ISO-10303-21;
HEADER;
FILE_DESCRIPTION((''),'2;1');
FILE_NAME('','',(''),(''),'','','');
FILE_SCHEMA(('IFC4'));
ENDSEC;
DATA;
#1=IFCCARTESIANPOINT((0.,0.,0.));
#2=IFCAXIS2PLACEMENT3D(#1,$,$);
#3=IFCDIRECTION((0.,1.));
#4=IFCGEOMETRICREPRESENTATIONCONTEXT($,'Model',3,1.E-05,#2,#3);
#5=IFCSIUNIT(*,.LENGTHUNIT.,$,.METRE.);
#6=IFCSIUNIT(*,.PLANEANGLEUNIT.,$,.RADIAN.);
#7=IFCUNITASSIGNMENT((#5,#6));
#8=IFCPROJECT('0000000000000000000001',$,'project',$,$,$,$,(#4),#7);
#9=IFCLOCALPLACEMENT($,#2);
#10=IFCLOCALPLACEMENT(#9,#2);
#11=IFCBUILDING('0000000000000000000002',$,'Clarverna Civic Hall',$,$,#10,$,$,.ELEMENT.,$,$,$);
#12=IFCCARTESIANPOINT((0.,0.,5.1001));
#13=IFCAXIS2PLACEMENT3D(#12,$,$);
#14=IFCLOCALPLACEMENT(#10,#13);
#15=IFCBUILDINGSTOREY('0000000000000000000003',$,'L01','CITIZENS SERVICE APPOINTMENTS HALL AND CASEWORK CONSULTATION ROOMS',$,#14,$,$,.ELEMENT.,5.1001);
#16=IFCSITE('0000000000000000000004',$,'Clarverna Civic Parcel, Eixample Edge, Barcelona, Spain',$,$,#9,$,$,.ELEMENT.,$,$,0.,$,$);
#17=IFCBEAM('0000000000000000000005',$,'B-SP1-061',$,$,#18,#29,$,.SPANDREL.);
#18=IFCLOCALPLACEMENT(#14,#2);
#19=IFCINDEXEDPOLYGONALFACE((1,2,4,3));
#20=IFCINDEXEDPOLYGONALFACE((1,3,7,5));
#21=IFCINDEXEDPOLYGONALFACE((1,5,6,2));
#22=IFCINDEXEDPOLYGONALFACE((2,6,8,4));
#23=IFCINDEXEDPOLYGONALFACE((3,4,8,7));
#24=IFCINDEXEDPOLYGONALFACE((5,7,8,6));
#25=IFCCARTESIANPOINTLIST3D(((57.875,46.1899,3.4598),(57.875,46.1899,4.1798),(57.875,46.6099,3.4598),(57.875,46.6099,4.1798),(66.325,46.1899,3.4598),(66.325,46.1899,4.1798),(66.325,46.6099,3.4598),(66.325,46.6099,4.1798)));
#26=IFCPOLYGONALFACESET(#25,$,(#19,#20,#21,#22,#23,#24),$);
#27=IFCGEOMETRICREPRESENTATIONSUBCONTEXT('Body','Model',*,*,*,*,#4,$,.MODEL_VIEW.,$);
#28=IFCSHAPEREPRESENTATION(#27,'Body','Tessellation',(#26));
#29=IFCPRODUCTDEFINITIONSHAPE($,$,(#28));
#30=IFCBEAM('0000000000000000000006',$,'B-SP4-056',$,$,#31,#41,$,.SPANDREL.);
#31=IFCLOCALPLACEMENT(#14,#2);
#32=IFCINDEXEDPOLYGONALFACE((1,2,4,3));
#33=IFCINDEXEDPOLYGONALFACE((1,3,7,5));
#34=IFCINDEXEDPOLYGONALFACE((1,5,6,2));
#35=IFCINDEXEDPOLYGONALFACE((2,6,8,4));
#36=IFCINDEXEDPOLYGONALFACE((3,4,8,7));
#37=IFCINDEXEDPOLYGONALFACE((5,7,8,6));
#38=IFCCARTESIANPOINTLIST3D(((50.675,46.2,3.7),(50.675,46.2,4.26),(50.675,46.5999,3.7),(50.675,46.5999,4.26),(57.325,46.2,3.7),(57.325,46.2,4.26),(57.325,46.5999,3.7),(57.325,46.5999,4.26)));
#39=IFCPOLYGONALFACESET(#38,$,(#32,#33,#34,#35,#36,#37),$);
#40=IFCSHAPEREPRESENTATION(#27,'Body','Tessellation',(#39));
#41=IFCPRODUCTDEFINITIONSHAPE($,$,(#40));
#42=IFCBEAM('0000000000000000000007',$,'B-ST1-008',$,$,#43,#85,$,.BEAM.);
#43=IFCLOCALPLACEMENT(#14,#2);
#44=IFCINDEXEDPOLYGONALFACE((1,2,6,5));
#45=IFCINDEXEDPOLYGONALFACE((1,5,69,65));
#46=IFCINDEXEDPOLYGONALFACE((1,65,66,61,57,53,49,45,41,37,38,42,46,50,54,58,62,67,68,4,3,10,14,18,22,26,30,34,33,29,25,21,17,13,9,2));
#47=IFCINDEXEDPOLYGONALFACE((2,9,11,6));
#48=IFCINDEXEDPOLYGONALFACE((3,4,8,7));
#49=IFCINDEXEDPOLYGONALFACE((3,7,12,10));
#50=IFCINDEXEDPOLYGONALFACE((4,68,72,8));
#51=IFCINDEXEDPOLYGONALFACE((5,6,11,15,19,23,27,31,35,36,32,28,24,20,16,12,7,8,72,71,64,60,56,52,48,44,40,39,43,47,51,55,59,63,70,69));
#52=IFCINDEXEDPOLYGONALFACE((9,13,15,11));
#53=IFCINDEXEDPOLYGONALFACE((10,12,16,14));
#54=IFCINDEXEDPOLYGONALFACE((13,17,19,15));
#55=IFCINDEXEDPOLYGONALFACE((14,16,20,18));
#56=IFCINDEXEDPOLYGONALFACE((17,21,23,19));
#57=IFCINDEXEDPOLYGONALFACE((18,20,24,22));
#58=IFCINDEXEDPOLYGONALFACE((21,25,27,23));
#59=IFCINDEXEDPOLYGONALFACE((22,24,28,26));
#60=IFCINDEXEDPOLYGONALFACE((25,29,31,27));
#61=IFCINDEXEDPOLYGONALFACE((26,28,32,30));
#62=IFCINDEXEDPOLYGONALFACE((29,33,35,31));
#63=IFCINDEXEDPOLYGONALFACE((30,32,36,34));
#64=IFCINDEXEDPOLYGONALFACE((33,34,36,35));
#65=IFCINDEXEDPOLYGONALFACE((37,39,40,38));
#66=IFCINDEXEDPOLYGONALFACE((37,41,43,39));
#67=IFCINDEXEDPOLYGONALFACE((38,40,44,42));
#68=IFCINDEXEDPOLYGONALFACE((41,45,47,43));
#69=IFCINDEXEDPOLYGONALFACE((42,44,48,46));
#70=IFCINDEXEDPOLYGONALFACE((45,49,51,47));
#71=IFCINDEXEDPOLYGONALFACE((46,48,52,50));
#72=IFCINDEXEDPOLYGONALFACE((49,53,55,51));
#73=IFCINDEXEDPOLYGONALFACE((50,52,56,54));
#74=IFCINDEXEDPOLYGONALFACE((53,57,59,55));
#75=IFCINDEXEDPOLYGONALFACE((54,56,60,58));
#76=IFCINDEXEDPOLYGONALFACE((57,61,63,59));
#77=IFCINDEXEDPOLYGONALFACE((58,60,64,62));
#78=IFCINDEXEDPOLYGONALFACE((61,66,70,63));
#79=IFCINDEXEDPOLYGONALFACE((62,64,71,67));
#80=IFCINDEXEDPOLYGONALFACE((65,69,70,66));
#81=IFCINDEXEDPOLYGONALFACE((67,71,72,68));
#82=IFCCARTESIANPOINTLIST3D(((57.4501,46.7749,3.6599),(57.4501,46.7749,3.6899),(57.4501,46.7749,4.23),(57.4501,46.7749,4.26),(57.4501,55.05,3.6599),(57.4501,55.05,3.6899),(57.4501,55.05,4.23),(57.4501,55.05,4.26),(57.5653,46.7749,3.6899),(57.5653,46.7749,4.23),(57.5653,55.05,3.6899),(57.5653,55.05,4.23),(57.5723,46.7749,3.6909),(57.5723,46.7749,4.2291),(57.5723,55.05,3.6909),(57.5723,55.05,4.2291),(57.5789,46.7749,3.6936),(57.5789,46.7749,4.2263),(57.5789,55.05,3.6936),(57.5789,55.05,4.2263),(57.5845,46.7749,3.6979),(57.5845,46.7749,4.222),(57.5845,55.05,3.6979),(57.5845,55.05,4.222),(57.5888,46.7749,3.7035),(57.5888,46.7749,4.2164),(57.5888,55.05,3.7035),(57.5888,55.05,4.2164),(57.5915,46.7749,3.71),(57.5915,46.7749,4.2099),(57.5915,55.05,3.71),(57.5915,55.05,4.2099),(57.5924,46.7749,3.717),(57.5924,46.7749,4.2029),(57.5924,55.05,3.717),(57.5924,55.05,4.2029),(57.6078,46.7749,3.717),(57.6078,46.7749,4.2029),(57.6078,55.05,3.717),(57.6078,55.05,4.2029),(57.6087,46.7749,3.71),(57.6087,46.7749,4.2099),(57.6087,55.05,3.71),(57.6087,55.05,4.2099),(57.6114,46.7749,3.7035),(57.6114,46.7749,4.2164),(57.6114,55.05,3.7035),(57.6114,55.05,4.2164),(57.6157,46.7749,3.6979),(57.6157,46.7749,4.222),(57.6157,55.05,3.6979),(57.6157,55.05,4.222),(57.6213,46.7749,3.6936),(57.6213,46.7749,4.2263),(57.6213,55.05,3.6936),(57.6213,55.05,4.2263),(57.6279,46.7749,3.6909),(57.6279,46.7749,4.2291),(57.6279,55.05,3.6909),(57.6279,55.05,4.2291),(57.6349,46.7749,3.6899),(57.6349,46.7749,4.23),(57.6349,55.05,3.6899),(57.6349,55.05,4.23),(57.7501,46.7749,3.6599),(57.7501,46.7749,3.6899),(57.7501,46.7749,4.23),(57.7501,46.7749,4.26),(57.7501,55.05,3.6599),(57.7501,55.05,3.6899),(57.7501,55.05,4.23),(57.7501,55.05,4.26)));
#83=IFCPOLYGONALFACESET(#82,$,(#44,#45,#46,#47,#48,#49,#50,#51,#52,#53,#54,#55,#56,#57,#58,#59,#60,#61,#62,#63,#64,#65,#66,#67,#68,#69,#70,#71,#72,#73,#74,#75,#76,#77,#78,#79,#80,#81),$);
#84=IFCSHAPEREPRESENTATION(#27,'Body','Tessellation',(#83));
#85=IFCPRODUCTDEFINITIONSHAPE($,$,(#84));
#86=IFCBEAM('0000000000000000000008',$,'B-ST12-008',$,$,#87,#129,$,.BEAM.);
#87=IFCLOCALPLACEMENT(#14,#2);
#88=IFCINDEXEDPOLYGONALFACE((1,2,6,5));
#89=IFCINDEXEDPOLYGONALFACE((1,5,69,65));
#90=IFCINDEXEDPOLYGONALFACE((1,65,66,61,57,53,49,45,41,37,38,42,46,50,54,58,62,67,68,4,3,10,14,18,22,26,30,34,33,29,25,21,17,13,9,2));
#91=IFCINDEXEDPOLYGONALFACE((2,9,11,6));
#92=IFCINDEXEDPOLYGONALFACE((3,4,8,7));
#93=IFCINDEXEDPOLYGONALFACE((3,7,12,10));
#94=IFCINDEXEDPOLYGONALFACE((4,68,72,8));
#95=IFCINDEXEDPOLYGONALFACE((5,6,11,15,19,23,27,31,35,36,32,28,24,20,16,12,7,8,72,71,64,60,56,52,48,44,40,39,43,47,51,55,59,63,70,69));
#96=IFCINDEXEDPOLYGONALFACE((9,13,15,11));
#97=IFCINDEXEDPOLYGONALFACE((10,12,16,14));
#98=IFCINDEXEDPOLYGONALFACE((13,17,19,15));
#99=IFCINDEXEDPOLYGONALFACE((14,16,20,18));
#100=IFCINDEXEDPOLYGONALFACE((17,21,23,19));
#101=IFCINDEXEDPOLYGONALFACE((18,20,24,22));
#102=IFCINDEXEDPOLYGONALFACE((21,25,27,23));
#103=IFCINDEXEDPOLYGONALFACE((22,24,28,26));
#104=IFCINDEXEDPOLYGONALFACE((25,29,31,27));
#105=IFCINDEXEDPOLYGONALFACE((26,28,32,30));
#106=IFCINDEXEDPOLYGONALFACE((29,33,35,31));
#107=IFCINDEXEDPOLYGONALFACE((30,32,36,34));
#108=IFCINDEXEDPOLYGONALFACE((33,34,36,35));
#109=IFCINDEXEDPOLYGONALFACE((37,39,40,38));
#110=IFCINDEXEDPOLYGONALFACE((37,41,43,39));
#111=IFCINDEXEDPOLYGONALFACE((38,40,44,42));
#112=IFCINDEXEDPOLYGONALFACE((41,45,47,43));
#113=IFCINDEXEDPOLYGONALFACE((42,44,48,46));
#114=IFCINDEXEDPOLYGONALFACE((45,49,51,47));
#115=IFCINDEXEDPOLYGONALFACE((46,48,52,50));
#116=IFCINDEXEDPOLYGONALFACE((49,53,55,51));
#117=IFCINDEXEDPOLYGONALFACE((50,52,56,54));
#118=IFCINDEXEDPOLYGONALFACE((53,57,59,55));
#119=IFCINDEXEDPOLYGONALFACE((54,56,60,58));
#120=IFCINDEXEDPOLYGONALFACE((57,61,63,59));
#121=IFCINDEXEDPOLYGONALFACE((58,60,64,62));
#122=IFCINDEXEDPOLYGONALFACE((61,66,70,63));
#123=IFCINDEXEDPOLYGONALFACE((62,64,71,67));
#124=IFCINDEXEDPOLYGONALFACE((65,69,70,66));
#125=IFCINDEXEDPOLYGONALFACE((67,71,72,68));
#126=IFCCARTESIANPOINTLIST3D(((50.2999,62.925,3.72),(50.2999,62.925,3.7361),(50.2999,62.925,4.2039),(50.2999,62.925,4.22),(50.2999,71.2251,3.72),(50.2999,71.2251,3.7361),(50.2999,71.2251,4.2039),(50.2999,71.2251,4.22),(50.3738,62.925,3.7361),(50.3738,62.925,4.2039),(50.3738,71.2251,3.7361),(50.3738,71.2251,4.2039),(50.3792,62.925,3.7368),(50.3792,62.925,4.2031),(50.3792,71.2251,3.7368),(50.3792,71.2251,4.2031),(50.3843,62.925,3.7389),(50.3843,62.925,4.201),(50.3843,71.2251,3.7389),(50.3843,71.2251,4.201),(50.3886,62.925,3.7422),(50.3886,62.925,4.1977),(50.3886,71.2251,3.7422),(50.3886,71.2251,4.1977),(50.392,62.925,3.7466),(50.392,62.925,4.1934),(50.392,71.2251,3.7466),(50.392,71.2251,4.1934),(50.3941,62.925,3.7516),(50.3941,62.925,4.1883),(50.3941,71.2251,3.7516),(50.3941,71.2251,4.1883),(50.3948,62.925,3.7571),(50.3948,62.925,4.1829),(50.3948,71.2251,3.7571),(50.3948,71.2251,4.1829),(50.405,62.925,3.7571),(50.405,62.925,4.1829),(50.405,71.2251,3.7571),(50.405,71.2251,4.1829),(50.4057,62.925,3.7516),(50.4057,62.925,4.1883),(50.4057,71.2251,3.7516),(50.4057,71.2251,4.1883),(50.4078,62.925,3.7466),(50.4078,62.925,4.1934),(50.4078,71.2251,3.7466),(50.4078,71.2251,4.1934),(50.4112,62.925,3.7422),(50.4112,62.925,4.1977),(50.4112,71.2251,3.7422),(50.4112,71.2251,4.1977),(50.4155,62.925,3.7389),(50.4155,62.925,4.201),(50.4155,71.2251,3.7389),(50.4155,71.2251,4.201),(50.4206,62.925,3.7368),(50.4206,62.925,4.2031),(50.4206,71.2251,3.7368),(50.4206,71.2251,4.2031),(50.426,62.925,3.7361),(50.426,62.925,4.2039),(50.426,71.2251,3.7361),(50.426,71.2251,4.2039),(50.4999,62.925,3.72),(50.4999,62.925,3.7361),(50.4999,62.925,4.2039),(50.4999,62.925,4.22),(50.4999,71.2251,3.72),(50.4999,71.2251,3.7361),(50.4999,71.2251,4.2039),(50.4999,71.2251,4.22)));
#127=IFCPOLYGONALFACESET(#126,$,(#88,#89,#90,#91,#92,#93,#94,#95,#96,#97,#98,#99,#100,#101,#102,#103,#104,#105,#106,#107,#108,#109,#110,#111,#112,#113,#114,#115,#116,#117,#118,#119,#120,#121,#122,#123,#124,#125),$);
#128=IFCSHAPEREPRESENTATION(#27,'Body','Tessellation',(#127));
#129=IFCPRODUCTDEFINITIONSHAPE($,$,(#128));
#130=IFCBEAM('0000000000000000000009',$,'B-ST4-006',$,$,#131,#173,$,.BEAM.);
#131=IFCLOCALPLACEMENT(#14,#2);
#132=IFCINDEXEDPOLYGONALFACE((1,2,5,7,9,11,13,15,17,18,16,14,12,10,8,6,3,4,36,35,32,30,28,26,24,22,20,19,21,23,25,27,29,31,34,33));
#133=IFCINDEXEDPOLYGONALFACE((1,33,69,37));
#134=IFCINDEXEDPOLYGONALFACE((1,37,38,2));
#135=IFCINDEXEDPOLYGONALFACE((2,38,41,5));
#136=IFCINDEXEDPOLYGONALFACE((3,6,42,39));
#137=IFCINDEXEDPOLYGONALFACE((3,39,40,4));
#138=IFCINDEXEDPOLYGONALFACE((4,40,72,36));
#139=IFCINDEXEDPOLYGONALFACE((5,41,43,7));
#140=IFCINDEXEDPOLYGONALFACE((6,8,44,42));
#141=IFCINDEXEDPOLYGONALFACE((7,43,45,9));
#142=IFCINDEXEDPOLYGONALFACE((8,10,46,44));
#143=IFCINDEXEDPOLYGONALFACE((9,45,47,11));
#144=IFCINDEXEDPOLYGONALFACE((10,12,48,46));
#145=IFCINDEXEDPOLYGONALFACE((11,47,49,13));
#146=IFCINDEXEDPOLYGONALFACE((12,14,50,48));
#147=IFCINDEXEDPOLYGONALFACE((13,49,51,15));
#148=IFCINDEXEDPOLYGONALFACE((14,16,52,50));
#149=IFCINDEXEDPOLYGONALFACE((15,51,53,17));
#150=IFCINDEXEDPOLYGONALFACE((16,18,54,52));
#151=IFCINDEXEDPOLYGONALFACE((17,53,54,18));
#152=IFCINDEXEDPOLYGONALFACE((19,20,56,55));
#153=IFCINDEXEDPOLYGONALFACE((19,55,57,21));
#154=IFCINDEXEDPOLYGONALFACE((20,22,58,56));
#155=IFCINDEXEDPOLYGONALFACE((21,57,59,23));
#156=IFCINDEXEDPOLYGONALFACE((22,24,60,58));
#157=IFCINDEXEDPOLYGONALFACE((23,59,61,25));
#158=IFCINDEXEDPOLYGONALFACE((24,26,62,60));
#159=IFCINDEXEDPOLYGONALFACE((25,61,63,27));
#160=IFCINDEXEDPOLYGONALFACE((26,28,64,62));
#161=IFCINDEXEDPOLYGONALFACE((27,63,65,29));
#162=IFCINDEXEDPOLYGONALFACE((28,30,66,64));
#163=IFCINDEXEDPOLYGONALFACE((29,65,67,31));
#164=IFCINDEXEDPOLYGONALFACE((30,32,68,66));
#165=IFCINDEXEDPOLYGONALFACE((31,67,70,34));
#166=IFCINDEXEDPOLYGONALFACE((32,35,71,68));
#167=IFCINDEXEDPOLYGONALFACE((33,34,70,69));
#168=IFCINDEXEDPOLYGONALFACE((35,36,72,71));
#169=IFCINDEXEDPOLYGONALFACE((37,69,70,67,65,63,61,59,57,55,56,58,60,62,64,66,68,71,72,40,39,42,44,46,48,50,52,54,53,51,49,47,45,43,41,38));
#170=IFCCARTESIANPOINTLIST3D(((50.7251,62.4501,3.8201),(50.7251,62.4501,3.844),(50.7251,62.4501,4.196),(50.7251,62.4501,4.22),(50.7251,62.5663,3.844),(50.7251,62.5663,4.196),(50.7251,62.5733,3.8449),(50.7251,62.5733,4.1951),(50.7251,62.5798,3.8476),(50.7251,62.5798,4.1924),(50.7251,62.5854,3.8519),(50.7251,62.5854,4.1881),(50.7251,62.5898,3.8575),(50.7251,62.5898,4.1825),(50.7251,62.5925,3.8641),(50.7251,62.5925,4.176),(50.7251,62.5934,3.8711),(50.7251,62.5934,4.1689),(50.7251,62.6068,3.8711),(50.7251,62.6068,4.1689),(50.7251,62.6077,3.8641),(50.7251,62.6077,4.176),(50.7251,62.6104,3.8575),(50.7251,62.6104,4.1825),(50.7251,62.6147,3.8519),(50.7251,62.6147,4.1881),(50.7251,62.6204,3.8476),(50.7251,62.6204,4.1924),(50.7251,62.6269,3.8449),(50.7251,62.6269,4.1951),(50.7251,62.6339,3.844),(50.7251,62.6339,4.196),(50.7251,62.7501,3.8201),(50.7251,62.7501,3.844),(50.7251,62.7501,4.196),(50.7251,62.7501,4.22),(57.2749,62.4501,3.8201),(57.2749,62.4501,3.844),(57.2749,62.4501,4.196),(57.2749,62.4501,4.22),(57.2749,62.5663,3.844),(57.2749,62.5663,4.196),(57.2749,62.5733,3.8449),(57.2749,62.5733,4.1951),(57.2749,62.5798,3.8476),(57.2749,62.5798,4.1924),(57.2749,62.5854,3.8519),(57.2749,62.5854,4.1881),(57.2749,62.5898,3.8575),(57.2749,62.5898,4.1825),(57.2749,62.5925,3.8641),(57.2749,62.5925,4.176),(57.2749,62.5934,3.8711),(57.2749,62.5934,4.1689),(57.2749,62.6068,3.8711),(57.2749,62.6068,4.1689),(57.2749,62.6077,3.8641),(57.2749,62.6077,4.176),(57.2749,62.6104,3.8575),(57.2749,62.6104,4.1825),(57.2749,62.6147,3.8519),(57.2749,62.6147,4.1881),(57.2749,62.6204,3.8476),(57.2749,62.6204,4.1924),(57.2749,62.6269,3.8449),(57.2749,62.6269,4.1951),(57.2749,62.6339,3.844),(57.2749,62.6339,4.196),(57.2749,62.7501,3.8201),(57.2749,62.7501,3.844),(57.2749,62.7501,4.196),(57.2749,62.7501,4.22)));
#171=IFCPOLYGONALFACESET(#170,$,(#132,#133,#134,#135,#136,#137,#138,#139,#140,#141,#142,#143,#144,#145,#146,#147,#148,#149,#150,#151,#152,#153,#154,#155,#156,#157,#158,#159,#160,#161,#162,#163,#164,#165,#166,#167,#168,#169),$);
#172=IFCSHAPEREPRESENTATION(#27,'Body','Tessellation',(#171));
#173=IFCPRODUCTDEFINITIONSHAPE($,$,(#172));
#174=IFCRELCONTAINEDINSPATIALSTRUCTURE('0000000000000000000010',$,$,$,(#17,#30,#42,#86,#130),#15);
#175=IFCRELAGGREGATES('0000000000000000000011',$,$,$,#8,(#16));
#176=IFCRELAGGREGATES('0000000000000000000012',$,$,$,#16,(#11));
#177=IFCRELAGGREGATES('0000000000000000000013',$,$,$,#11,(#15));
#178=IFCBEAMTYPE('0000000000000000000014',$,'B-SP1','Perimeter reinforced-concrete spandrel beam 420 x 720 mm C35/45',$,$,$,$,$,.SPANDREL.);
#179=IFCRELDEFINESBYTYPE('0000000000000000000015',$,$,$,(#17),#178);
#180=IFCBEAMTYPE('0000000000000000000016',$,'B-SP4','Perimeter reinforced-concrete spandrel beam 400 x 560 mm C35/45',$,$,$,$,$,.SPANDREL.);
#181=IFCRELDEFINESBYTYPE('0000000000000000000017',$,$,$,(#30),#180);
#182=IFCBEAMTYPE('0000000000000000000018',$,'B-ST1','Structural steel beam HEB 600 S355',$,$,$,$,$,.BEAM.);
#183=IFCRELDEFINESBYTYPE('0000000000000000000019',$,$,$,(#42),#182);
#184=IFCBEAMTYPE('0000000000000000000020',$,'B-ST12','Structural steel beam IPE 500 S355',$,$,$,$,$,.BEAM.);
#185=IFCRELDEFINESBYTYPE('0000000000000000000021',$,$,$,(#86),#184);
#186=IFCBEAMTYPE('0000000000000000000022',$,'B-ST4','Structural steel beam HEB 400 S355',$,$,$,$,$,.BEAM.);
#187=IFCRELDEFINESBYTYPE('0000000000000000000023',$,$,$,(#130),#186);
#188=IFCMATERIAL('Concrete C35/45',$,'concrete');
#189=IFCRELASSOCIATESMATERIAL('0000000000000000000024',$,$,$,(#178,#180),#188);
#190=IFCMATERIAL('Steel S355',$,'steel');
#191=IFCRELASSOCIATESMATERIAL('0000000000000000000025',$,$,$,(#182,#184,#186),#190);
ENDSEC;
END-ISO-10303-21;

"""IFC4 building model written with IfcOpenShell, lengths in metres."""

from ifc_helpers import new_model, si_unit, direction, frame, origin, origin_2d, place, context, subcontext, project, spatial, rectangle, i_section, extrude, material, material_profile, profile_set, type_object, element, save


model = new_model("IFC4")

# Units and contexts
model_context = context("Model", 3, precision=1e-05, world=origin(), true_north=direction((0.0, 1.0)))
body_context = subcontext(model_context, "Body", "Model", "MODEL_VIEW")
ifc_project = project(units=[si_unit("LENGTHUNIT", "METRE"), si_unit("PLANEANGLEUNIT", "RADIAN")], contexts=[model_context])

# Site, building, storey
site_placement = place(None, origin())
site = spatial("IfcSite", under=ifc_project, at=site_placement, Name="Clarverna Civic Parcel, Eixample Edge, Barcelona, Spain", CompositionType="ELEMENT", RefElevation=0.0)
building_placement = place(site_placement, origin())
building = spatial("IfcBuilding", under=site, at=building_placement, Name="Clarverna Civic Hall", CompositionType="ELEMENT")
storey_placement = place(building_placement, frame((0.0, 0.0, 5.1001)))
storey = spatial("IfcBuildingStorey", under=building, at=storey_placement, Name="L01", Description="CITIZENS SERVICE APPOINTMENTS HALL AND CASEWORK CONSULTATION ROOMS", CompositionType="ELEMENT", Elevation=5.1001)

# Shared definitions
ifc_material_1 = material(Name="Concrete C35/45", Category="concrete")

# Beams
ifc_material_profile_1 = material_profile(ifc_material_1, rectangle(XDim=0.4199, YDim=0.72, at=origin_2d()), Name="RC 420x720")
ifc_profile_set_1 = profile_set([ifc_material_profile_1], Name="Concrete C35/45")
beam_type_1 = type_object("IfcBeamType", Name="B-SP1", Description="Perimeter reinforced-concrete spandrel beam 420 x 720 mm C35/45", PredefinedType="SPANDREL", material=ifc_profile_set_1)
beam_1_placement = place(storey_placement, frame((57.875, 46.3999, 3.8198), z_axis=(1.0, 0.0, 0.0), x_axis=(0.0, 1.0, 0.0)))
element("IfcBeam", 1, at=beam_1_placement, inside=storey, type_object=beam_type_1, Name="B-SP1-061", PredefinedType="SPANDREL", context=body_context, shape_type="SweptSolid", body=[
    extrude(rectangle(XDim=0.4199, YDim=0.72, at=origin_2d()), origin(), (0.0, 0.0, 1.0), 8.45),
])
ifc_material_profile_2 = material_profile(ifc_material_1, rectangle(XDim=0.3999, YDim=0.5601, at=origin_2d()), Name="RC 400x560")
ifc_profile_set_2 = profile_set([ifc_material_profile_2], Name="Concrete C35/45")
beam_type_2 = type_object("IfcBeamType", Name="B-SP4", Description="Perimeter reinforced-concrete spandrel beam 400 x 560 mm C35/45", PredefinedType="SPANDREL", material=ifc_profile_set_2)
beam_2_placement = place(storey_placement, frame((50.675, 46.3999, 3.98), z_axis=(1.0, 0.0, 0.0), x_axis=(0.0, 1.0, 0.0)))
element("IfcBeam", 2, at=beam_2_placement, inside=storey, type_object=beam_type_2, Name="B-SP4-056", PredefinedType="SPANDREL", context=body_context, shape_type="SweptSolid", body=[
    extrude(rectangle(XDim=0.3999, YDim=0.5601, at=origin_2d()), origin(), (0.0, 0.0, 1.0), 6.6499),
])
ifc_material_2 = material(Name="Steel S355", Category="steel")
ifc_material_profile_3 = material_profile(ifc_material_2, i_section(OverallWidth=0.3, OverallDepth=0.6001, WebThickness=0.0154, FlangeThickness=0.03, FilletRadius=0.0271, at=origin_2d()), Name="HEB 600")
ifc_profile_set_3 = profile_set([ifc_material_profile_3], Name="Steel S355")
beam_type_3 = type_object("IfcBeamType", Name="B-ST1", Description="Structural steel beam HEB 600 S355", PredefinedType="BEAM", material=ifc_profile_set_3)
beam_3_placement = place(storey_placement, frame((57.6001, 46.7749, 3.96), z_axis=(0.0, 1.0, 0.0), x_axis=(-1.0, 0.0, 0.0)))
element("IfcBeam", 3, at=beam_3_placement, inside=storey, type_object=beam_type_3, Name="B-ST1-008", PredefinedType="BEAM", context=body_context, shape_type="SweptSolid", body=[
    extrude(i_section(OverallWidth=0.3, OverallDepth=0.6001, WebThickness=0.0154, FlangeThickness=0.03, FilletRadius=0.0271, at=origin_2d()), origin(), (0.0, 0.0, 1.0), 8.2751),
])
ifc_material_profile_4 = material_profile(ifc_material_2, i_section(OverallWidth=0.2, OverallDepth=0.5, WebThickness=0.0103, FlangeThickness=0.0161, FilletRadius=0.021, at=origin_2d()), Name="IPE 500")
ifc_profile_set_4 = profile_set([ifc_material_profile_4], Name="Steel S355")
beam_type_4 = type_object("IfcBeamType", Name="B-ST12", Description="Structural steel beam IPE 500 S355", PredefinedType="BEAM", material=ifc_profile_set_4)
beam_4_placement = place(storey_placement, frame((50.3999, 62.925, 3.97), z_axis=(0.0, 1.0, 0.0), x_axis=(-1.0, 0.0, 0.0)))
element("IfcBeam", 4, at=beam_4_placement, inside=storey, type_object=beam_type_4, Name="B-ST12-008", PredefinedType="BEAM", context=body_context, shape_type="SweptSolid", body=[
    extrude(i_section(OverallWidth=0.2, OverallDepth=0.5, WebThickness=0.0103, FlangeThickness=0.0161, FilletRadius=0.021, at=origin_2d()), origin(), (0.0, 0.0, 1.0), 8.3),
])
ifc_material_profile_5 = material_profile(ifc_material_2, i_section(OverallWidth=0.3, OverallDepth=0.3999, WebThickness=0.0134, FlangeThickness=0.0239, FilletRadius=0.0271, at=origin_2d()), Name="HEB 400")
ifc_profile_set_5 = profile_set([ifc_material_profile_5], Name="Steel S355")
beam_type_5 = type_object("IfcBeamType", Name="B-ST4", Description="Structural steel beam HEB 400 S355", PredefinedType="BEAM", material=ifc_profile_set_5)
beam_5_placement = place(storey_placement, frame((50.7251, 62.6001, 4.02), z_axis=(1.0, 0.0, 0.0), x_axis=(0.0, 1.0, 0.0)))
element("IfcBeam", 5, at=beam_5_placement, inside=storey, type_object=beam_type_5, Name="B-ST4-006", PredefinedType="BEAM", context=body_context, shape_type="SweptSolid", body=[
    extrude(i_section(OverallWidth=0.3, OverallDepth=0.3999, WebThickness=0.0134, FlangeThickness=0.0239, FilletRadius=0.0271, at=origin_2d()), origin(), (0.0, 0.0, 1.0), 6.5498),
])

save(model, "model.ifc")
